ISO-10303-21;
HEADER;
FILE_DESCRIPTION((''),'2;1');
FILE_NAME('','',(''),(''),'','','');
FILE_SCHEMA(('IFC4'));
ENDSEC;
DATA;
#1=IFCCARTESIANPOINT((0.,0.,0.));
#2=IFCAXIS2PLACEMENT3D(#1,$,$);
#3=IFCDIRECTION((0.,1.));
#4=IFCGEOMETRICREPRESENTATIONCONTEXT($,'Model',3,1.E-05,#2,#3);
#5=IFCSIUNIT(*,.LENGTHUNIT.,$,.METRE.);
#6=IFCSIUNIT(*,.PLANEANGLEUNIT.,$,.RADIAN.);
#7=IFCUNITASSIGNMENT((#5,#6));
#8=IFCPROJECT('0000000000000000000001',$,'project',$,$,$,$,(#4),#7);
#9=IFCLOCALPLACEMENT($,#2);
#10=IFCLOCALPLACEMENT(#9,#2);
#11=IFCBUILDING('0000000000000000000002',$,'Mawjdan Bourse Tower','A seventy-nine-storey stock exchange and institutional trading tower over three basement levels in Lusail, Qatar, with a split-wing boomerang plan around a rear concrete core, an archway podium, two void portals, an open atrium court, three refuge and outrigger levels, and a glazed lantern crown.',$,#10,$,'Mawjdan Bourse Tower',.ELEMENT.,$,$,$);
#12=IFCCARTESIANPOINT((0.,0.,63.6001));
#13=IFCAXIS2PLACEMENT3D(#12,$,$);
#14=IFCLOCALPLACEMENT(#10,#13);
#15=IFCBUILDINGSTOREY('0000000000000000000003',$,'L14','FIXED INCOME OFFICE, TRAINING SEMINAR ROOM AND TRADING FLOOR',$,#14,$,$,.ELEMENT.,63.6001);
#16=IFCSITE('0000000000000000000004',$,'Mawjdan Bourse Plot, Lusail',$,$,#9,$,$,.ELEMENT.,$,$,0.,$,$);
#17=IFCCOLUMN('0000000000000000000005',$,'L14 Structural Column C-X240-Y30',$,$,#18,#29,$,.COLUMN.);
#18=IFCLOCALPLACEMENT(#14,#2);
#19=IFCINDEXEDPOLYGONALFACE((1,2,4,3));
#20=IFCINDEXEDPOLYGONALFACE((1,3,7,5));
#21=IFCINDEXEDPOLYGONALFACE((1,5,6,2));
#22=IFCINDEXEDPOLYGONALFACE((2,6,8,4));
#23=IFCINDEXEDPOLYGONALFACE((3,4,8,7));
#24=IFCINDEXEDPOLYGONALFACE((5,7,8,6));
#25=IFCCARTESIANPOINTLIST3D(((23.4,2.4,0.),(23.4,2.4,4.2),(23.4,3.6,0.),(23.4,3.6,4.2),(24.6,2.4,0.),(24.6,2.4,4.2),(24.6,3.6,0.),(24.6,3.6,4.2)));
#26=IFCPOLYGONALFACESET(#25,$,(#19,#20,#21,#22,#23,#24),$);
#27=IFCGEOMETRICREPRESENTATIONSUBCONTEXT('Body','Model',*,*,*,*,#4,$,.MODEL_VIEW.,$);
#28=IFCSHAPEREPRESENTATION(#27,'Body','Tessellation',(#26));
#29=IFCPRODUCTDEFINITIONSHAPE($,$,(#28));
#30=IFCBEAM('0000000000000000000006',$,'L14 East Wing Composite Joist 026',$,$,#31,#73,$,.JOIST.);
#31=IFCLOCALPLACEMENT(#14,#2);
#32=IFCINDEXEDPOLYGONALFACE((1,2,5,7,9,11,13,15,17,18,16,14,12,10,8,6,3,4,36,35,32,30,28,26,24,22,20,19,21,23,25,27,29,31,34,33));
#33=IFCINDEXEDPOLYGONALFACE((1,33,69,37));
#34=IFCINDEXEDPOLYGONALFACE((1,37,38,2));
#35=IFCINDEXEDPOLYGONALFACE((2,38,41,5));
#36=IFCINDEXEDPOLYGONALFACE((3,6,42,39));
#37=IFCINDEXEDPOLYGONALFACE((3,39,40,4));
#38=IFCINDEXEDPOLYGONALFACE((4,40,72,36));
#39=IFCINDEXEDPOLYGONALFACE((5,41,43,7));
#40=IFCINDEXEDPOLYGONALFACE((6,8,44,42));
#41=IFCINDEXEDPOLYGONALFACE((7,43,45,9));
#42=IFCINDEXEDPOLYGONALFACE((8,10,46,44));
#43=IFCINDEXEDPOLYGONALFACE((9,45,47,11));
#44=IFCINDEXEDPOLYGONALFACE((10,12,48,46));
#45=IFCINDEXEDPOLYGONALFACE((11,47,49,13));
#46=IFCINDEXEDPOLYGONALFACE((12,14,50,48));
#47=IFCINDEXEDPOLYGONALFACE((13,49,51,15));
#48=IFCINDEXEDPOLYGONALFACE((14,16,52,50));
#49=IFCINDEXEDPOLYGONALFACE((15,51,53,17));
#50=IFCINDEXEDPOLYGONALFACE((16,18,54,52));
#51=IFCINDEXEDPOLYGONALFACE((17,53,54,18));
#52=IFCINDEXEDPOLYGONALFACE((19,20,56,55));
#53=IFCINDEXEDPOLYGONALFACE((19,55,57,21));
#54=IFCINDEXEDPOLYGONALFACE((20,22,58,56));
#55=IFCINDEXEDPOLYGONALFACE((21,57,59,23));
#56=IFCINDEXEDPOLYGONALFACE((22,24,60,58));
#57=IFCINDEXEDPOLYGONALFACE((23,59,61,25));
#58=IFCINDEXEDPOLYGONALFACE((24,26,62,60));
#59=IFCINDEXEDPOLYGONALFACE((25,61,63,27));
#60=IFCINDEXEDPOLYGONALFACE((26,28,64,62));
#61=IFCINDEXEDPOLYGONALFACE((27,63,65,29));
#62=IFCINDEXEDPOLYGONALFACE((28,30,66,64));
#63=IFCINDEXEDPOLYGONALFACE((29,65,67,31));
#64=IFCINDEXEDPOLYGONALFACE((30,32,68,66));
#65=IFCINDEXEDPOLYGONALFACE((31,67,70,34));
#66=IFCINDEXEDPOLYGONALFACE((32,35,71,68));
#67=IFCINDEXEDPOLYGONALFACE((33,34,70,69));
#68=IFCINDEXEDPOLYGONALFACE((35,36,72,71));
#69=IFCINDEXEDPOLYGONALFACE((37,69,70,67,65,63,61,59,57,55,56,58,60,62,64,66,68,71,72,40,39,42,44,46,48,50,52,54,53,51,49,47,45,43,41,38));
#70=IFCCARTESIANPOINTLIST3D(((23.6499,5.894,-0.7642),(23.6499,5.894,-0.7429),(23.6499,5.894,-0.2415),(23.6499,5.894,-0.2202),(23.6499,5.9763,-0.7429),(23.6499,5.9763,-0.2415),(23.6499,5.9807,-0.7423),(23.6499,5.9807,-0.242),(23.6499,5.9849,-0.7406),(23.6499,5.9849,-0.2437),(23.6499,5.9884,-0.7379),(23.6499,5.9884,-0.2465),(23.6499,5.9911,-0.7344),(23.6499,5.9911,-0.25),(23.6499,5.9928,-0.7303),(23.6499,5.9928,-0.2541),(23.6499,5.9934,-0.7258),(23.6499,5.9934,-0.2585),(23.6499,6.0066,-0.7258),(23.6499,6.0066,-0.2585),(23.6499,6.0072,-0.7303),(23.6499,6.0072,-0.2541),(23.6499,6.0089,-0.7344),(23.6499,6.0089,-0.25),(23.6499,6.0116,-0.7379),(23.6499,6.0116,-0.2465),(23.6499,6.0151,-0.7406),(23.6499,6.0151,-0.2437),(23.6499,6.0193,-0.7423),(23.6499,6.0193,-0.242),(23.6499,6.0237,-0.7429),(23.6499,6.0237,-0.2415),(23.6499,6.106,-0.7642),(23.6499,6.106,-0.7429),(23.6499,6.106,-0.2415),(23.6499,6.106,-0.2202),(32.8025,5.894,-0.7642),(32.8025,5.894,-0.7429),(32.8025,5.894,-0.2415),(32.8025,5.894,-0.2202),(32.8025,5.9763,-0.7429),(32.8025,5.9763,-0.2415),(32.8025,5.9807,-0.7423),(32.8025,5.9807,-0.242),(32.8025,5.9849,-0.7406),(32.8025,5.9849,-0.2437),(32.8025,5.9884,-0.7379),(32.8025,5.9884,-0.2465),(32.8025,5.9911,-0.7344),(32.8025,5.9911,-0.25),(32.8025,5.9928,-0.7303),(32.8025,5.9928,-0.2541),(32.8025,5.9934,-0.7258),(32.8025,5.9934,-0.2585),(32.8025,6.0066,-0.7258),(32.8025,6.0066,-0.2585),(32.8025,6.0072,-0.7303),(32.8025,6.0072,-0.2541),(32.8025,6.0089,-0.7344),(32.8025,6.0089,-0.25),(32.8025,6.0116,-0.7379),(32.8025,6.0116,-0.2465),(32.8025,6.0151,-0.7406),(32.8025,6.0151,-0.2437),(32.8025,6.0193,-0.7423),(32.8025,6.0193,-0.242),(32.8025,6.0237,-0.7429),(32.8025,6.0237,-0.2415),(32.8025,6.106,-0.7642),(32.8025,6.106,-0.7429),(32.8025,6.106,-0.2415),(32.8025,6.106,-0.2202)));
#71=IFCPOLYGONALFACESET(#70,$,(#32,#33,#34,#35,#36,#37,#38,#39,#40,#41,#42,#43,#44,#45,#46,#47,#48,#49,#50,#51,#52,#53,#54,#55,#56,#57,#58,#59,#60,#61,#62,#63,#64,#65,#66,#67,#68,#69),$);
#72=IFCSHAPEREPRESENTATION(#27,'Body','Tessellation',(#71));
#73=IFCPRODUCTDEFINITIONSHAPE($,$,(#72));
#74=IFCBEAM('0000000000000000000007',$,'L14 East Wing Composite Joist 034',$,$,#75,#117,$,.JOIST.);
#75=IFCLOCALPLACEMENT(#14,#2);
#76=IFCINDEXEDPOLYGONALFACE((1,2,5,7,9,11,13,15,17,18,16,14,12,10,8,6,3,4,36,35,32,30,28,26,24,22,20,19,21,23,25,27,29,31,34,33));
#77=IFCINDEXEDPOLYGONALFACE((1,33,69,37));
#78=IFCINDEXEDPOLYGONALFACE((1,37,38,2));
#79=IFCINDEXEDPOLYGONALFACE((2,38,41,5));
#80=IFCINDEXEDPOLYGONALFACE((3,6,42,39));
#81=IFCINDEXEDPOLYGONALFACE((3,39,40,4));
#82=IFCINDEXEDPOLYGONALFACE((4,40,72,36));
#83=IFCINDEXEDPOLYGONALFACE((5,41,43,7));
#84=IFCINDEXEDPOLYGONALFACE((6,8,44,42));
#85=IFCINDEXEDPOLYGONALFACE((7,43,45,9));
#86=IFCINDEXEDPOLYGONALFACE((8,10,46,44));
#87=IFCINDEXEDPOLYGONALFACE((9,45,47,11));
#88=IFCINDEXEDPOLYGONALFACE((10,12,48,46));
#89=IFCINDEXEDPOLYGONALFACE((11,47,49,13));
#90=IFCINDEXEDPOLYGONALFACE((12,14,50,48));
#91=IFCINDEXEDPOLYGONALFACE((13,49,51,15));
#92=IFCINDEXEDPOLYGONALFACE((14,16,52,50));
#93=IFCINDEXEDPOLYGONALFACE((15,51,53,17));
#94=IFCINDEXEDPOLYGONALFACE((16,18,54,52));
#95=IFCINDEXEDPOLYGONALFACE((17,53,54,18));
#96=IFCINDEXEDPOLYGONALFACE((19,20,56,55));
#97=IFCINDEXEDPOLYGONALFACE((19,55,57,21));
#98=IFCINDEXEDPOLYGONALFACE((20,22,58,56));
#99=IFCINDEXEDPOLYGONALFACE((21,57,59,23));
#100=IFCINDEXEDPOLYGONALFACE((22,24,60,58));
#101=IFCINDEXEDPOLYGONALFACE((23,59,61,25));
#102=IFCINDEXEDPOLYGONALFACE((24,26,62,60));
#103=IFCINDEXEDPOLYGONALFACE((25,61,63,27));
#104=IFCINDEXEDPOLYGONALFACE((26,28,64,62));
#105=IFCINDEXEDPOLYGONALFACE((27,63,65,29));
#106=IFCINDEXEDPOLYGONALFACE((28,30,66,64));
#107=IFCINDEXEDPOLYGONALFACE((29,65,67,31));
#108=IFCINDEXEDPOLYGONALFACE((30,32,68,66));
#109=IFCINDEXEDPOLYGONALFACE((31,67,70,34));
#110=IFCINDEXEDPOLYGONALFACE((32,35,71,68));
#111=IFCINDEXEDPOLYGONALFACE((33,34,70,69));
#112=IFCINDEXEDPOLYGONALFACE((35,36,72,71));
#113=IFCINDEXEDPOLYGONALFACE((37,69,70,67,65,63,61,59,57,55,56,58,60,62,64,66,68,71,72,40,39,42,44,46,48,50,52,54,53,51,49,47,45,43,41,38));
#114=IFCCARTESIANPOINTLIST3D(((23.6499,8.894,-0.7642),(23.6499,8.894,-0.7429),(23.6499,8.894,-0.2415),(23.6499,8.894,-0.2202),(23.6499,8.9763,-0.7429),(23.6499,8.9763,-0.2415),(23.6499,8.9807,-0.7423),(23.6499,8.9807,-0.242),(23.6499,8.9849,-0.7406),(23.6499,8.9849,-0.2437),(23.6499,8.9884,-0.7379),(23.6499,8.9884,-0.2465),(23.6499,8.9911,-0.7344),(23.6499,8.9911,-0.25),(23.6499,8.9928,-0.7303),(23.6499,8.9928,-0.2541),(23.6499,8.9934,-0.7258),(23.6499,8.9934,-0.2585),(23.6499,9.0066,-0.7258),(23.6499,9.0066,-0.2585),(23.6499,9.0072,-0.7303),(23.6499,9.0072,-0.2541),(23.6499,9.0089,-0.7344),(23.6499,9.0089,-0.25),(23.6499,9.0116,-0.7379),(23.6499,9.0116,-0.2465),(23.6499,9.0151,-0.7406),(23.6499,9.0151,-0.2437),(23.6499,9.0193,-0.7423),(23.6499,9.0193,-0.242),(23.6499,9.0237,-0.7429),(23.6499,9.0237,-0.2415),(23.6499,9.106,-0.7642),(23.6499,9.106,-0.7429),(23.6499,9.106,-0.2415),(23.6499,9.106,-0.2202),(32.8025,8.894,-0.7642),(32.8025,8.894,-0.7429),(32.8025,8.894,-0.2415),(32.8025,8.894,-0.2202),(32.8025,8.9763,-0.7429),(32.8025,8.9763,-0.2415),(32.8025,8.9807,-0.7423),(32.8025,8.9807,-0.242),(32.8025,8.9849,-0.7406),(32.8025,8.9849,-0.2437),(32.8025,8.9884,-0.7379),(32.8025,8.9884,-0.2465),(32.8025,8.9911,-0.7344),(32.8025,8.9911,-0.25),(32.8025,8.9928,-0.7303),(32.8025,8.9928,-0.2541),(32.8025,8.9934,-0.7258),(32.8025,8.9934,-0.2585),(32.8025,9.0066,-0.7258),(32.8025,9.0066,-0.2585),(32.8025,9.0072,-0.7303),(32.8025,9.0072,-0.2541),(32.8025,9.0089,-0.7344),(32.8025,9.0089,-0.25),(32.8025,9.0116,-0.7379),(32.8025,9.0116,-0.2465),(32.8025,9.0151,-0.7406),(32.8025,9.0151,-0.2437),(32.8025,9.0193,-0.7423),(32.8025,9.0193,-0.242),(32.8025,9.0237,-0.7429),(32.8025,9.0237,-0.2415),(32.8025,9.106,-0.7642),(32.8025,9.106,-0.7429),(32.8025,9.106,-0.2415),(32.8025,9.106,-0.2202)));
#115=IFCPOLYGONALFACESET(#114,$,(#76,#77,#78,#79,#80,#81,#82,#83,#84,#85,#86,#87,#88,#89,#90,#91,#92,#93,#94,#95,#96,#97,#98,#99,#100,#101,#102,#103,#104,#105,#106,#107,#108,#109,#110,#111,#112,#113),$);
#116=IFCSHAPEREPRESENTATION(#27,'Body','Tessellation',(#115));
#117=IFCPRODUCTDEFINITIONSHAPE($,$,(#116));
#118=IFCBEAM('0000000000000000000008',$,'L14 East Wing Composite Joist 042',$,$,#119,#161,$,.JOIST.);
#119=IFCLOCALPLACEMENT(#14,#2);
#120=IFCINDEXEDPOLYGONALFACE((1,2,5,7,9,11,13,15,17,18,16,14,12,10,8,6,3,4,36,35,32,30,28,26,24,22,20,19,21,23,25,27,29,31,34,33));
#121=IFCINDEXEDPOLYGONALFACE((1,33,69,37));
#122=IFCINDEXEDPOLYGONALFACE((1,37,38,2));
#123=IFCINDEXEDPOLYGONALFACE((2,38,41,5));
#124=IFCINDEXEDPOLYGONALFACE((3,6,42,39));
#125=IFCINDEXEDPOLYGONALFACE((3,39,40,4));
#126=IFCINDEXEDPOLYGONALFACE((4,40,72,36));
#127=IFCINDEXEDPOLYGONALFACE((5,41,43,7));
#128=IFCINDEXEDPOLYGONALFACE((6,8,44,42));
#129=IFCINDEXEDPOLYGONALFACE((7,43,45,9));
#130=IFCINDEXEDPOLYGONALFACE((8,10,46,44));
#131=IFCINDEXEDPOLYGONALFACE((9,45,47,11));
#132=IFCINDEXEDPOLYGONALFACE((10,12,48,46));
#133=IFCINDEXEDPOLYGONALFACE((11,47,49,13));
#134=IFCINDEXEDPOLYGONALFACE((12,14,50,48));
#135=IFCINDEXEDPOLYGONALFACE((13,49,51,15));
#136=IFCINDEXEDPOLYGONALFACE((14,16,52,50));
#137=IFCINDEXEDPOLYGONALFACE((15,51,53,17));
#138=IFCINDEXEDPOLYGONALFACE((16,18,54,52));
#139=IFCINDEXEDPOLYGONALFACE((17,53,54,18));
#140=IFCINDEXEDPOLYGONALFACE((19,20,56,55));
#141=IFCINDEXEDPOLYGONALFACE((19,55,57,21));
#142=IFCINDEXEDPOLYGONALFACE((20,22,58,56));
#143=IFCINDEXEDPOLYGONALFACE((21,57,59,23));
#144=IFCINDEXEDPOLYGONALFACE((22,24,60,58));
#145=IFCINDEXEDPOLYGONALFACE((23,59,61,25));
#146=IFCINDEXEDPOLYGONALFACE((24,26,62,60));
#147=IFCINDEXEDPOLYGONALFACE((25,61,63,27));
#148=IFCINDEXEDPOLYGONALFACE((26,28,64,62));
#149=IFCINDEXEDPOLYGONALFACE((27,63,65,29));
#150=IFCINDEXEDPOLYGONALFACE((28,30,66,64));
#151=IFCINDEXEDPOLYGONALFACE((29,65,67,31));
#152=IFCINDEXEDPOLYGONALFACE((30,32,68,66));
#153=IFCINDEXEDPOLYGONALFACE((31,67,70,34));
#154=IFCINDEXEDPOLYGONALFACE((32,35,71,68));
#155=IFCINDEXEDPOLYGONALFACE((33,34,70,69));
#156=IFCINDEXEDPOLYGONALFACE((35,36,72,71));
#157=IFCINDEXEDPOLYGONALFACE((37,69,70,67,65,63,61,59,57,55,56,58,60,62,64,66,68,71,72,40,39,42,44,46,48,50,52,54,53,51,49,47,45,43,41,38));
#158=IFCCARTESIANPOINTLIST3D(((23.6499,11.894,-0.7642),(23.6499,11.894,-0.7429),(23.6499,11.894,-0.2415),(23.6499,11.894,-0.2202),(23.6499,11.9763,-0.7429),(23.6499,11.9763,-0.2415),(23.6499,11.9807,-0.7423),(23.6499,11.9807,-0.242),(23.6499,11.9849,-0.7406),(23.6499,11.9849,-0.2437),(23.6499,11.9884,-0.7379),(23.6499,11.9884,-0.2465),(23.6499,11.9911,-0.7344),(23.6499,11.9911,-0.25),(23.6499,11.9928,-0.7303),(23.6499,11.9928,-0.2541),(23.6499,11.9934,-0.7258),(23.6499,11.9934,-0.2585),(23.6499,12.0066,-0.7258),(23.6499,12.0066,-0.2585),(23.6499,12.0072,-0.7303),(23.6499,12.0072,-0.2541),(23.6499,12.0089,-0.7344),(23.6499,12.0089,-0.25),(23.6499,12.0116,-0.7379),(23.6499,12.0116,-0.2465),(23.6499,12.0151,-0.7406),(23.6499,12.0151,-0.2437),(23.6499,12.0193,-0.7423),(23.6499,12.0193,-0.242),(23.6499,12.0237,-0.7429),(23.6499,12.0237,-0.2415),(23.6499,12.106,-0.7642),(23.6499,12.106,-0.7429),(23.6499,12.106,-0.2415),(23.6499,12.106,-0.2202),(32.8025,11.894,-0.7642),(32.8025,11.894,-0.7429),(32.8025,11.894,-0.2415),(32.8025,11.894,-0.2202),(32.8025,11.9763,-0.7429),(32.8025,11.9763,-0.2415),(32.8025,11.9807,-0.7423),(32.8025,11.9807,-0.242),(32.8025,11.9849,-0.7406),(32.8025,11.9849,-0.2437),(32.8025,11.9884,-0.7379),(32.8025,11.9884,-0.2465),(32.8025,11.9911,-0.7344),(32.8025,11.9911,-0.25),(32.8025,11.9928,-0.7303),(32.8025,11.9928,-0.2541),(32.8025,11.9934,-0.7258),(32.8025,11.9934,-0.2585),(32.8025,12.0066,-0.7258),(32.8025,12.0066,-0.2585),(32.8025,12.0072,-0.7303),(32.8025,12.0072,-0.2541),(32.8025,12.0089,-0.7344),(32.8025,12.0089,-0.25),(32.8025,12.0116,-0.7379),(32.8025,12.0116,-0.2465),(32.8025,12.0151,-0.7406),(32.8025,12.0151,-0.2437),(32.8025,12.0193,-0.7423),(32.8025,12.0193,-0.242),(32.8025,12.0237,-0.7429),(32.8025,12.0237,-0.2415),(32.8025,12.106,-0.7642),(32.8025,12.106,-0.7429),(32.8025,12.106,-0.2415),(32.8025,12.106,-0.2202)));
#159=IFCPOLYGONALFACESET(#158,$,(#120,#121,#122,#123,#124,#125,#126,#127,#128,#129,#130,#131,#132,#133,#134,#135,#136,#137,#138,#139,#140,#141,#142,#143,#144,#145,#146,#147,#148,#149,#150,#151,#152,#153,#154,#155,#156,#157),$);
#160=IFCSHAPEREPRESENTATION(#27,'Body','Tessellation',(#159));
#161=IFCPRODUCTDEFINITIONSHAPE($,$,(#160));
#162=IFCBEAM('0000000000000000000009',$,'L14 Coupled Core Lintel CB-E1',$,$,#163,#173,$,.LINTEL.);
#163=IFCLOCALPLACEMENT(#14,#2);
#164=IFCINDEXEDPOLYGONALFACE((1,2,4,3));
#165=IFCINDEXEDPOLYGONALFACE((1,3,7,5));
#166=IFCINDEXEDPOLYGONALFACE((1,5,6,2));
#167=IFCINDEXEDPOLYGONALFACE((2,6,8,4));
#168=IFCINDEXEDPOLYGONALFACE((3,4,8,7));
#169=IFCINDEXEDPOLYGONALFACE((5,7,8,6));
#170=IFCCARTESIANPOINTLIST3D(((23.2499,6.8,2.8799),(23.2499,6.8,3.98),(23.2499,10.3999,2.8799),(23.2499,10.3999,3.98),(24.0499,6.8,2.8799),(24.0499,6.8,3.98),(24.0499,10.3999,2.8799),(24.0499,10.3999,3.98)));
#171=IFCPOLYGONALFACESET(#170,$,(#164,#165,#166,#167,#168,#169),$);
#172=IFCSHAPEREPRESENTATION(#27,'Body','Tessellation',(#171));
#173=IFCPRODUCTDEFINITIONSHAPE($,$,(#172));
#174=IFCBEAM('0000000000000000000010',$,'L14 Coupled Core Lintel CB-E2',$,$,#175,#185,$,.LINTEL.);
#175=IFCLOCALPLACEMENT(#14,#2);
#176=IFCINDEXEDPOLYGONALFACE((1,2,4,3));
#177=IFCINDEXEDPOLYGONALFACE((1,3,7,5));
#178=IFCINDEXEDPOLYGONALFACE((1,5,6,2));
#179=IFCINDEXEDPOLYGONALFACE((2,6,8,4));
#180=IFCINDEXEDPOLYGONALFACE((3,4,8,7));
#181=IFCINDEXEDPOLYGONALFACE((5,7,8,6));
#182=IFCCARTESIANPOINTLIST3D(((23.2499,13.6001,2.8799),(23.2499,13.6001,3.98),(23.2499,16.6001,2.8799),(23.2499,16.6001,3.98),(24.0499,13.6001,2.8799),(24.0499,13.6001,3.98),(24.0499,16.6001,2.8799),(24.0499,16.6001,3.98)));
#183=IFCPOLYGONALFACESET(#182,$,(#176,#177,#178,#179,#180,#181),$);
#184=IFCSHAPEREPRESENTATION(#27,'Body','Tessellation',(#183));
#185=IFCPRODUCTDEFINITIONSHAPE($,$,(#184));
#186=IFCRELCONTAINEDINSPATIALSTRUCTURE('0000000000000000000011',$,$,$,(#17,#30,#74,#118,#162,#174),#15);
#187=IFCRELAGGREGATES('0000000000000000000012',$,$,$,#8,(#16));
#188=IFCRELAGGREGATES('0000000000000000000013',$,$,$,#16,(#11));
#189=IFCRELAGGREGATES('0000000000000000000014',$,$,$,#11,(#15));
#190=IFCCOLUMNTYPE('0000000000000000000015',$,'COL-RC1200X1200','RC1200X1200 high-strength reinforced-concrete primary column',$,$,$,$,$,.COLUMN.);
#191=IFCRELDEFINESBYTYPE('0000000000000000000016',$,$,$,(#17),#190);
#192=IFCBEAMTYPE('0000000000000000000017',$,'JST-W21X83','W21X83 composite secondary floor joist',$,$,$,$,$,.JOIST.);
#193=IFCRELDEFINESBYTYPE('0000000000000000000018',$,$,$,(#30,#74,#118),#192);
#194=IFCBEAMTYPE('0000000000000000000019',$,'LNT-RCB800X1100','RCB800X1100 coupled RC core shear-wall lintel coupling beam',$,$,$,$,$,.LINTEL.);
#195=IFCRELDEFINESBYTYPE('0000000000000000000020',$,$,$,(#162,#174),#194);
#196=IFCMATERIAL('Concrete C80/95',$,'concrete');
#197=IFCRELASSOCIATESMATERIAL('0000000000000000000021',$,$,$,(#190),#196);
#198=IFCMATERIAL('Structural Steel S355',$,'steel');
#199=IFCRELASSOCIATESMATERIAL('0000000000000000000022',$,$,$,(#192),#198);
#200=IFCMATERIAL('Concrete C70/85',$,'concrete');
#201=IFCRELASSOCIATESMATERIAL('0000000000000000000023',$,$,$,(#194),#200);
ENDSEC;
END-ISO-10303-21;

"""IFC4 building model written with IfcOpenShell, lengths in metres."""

from ifc_helpers import new_model, si_unit, direction, frame, origin, origin_2d, place, context, subcontext, project, spatial, rectangle, i_section, extrude, material, material_profile, profile_set, type_object, element, save


model = new_model("IFC4")

# Units and contexts
model_context = context("Model", 3, precision=1e-05, world=origin(), true_north=direction((0.0, 1.0)))
body_context = subcontext(model_context, "Body", "Model", "MODEL_VIEW")
ifc_project = project(units=[si_unit("LENGTHUNIT", "METRE"), si_unit("PLANEANGLEUNIT", "RADIAN")], contexts=[model_context])

# Site, building, storey
site_placement = place(None, origin())
site = spatial("IfcSite", under=ifc_project, at=site_placement, Name="Mawjdan Bourse Plot, Lusail", CompositionType="ELEMENT", RefElevation=0.0)
building_placement = place(site_placement, origin())
building = spatial("IfcBuilding", under=site, at=building_placement, Name="Mawjdan Bourse Tower", Description="A seventy-nine-storey stock exchange and institutional trading tower over three basement levels in Lusail, Qatar, with a split-wing boomerang plan around a rear concrete core, an archway podium, two void portals, an open atrium court, three refuge and outrigger levels, and a glazed lantern crown.", LongName="Mawjdan Bourse Tower", CompositionType="ELEMENT")
storey_placement = place(building_placement, frame((0.0, 0.0, 63.6001)))
storey = spatial("IfcBuildingStorey", under=building, at=storey_placement, Name="L14", Description="FIXED INCOME OFFICE, TRAINING SEMINAR ROOM AND TRADING FLOOR", CompositionType="ELEMENT", Elevation=63.6001)

# Column
ifc_material_1 = material(Name="Concrete C80/95", Category="concrete")
ifc_material_profile_1 = material_profile(ifc_material_1, rectangle(XDim=1.2, YDim=1.2, at=origin_2d()), Name="RC1200X1200")
ifc_profile_set_1 = profile_set([ifc_material_profile_1], Name="Concrete C80/95")
column_type = type_object("IfcColumnType", Name="COL-RC1200X1200", Description="RC1200X1200 high-strength reinforced-concrete primary column", PredefinedType="COLUMN", material=ifc_profile_set_1)
column_placement = place(storey_placement, frame((24.0, 3.0, 0.0), z_axis=(0.0, 0.0, 1.0), x_axis=(1.0, 0.0, 0.0)))
element("IfcColumn", 1, at=column_placement, inside=storey, type_object=column_type, Name="L14 Structural Column C-X240-Y30", PredefinedType="COLUMN", context=body_context, shape_type="SweptSolid", body=[
    extrude(rectangle(XDim=1.2, YDim=1.2, at=origin_2d()), origin(), (0.0, 0.0, 1.0), 4.2),
])

# Beams
ifc_material_2 = material(Name="Structural Steel S355", Category="steel")
ifc_material_profile_2 = material_profile(ifc_material_2, i_section(OverallWidth=0.2119, OverallDepth=0.5439, WebThickness=0.0132, FlangeThickness=0.0212, FilletRadius=0.0171, at=origin_2d()), Name="W21X83")
ifc_profile_set_2 = profile_set([ifc_material_profile_2], Name="Structural Steel S355")
beam_type_1 = type_object("IfcBeamType", Name="JST-W21X83", Description="W21X83 composite secondary floor joist", PredefinedType="JOIST", material=ifc_profile_set_2)
for number, where, z_axis, x_axis, name in (
    (2, (23.6499, 6.0, -0.4922), (1.0, 0.0, 0.0), (0.0, 1.0, 0.0), "L14 East Wing Composite Joist 026"),
    (3, (23.6499, 9.0, -0.4922), (1.0, 0.0, 0.0), (0.0, 1.0, 0.0), "L14 East Wing Composite Joist 034"),
    (4, (23.6499, 12.0, -0.4922), (1.0, 0.0, 0.0), (0.0, 1.0, 0.0), "L14 East Wing Composite Joist 042"),
):
    element("IfcBeam", number, at=place(storey_placement, frame(where, z_axis=z_axis, x_axis=x_axis)), inside=storey, type_object=beam_type_1, Name=name, PredefinedType="JOIST", context=body_context, shape_type="SweptSolid", body=[
        extrude(i_section(OverallWidth=0.2119, OverallDepth=0.5439, WebThickness=0.0132, FlangeThickness=0.0212, FilletRadius=0.0171, at=origin_2d()), origin(), (0.0, 0.0, 1.0), 9.1526),
    ])
ifc_material_3 = material(Name="Concrete C70/85", Category="concrete")
ifc_material_profile_3 = material_profile(ifc_material_3, rectangle(XDim=0.8, YDim=1.1001, at=origin_2d()), Name="RCB800X1100")
ifc_profile_set_3 = profile_set([ifc_material_profile_3], Name="Concrete C70/85")
beam_type_2 = type_object("IfcBeamType", Name="LNT-RCB800X1100", Description="RCB800X1100 coupled RC core shear-wall lintel coupling beam", PredefinedType="LINTEL", material=ifc_profile_set_3)
beam_1_placement = place(storey_placement, frame((23.6499, 6.8, 3.4299), z_axis=(0.0, 1.0, 0.0), x_axis=(-1.0, 0.0, 0.0)))
element("IfcBeam", 5, at=beam_1_placement, inside=storey, type_object=beam_type_2, Name="L14 Coupled Core Lintel CB-E1", PredefinedType="LINTEL", context=body_context, shape_type="SweptSolid", body=[
    extrude(rectangle(XDim=0.8, YDim=1.1001, at=origin_2d()), origin(), (0.0, 0.0, 1.0), 3.5999),
])
beam_2_placement = place(storey_placement, frame((23.6499, 13.6001, 3.4299), z_axis=(0.0, 1.0, 0.0), x_axis=(-1.0, 0.0, 0.0)))
element("IfcBeam", 6, at=beam_2_placement, inside=storey, type_object=beam_type_2, Name="L14 Coupled Core Lintel CB-E2", PredefinedType="LINTEL", context=body_context, shape_type="SweptSolid", body=[
    extrude(rectangle(XDim=0.8, YDim=1.1001, at=origin_2d()), origin(), (0.0, 0.0, 1.0), 3.0),
])

save(model, "model.ifc")
